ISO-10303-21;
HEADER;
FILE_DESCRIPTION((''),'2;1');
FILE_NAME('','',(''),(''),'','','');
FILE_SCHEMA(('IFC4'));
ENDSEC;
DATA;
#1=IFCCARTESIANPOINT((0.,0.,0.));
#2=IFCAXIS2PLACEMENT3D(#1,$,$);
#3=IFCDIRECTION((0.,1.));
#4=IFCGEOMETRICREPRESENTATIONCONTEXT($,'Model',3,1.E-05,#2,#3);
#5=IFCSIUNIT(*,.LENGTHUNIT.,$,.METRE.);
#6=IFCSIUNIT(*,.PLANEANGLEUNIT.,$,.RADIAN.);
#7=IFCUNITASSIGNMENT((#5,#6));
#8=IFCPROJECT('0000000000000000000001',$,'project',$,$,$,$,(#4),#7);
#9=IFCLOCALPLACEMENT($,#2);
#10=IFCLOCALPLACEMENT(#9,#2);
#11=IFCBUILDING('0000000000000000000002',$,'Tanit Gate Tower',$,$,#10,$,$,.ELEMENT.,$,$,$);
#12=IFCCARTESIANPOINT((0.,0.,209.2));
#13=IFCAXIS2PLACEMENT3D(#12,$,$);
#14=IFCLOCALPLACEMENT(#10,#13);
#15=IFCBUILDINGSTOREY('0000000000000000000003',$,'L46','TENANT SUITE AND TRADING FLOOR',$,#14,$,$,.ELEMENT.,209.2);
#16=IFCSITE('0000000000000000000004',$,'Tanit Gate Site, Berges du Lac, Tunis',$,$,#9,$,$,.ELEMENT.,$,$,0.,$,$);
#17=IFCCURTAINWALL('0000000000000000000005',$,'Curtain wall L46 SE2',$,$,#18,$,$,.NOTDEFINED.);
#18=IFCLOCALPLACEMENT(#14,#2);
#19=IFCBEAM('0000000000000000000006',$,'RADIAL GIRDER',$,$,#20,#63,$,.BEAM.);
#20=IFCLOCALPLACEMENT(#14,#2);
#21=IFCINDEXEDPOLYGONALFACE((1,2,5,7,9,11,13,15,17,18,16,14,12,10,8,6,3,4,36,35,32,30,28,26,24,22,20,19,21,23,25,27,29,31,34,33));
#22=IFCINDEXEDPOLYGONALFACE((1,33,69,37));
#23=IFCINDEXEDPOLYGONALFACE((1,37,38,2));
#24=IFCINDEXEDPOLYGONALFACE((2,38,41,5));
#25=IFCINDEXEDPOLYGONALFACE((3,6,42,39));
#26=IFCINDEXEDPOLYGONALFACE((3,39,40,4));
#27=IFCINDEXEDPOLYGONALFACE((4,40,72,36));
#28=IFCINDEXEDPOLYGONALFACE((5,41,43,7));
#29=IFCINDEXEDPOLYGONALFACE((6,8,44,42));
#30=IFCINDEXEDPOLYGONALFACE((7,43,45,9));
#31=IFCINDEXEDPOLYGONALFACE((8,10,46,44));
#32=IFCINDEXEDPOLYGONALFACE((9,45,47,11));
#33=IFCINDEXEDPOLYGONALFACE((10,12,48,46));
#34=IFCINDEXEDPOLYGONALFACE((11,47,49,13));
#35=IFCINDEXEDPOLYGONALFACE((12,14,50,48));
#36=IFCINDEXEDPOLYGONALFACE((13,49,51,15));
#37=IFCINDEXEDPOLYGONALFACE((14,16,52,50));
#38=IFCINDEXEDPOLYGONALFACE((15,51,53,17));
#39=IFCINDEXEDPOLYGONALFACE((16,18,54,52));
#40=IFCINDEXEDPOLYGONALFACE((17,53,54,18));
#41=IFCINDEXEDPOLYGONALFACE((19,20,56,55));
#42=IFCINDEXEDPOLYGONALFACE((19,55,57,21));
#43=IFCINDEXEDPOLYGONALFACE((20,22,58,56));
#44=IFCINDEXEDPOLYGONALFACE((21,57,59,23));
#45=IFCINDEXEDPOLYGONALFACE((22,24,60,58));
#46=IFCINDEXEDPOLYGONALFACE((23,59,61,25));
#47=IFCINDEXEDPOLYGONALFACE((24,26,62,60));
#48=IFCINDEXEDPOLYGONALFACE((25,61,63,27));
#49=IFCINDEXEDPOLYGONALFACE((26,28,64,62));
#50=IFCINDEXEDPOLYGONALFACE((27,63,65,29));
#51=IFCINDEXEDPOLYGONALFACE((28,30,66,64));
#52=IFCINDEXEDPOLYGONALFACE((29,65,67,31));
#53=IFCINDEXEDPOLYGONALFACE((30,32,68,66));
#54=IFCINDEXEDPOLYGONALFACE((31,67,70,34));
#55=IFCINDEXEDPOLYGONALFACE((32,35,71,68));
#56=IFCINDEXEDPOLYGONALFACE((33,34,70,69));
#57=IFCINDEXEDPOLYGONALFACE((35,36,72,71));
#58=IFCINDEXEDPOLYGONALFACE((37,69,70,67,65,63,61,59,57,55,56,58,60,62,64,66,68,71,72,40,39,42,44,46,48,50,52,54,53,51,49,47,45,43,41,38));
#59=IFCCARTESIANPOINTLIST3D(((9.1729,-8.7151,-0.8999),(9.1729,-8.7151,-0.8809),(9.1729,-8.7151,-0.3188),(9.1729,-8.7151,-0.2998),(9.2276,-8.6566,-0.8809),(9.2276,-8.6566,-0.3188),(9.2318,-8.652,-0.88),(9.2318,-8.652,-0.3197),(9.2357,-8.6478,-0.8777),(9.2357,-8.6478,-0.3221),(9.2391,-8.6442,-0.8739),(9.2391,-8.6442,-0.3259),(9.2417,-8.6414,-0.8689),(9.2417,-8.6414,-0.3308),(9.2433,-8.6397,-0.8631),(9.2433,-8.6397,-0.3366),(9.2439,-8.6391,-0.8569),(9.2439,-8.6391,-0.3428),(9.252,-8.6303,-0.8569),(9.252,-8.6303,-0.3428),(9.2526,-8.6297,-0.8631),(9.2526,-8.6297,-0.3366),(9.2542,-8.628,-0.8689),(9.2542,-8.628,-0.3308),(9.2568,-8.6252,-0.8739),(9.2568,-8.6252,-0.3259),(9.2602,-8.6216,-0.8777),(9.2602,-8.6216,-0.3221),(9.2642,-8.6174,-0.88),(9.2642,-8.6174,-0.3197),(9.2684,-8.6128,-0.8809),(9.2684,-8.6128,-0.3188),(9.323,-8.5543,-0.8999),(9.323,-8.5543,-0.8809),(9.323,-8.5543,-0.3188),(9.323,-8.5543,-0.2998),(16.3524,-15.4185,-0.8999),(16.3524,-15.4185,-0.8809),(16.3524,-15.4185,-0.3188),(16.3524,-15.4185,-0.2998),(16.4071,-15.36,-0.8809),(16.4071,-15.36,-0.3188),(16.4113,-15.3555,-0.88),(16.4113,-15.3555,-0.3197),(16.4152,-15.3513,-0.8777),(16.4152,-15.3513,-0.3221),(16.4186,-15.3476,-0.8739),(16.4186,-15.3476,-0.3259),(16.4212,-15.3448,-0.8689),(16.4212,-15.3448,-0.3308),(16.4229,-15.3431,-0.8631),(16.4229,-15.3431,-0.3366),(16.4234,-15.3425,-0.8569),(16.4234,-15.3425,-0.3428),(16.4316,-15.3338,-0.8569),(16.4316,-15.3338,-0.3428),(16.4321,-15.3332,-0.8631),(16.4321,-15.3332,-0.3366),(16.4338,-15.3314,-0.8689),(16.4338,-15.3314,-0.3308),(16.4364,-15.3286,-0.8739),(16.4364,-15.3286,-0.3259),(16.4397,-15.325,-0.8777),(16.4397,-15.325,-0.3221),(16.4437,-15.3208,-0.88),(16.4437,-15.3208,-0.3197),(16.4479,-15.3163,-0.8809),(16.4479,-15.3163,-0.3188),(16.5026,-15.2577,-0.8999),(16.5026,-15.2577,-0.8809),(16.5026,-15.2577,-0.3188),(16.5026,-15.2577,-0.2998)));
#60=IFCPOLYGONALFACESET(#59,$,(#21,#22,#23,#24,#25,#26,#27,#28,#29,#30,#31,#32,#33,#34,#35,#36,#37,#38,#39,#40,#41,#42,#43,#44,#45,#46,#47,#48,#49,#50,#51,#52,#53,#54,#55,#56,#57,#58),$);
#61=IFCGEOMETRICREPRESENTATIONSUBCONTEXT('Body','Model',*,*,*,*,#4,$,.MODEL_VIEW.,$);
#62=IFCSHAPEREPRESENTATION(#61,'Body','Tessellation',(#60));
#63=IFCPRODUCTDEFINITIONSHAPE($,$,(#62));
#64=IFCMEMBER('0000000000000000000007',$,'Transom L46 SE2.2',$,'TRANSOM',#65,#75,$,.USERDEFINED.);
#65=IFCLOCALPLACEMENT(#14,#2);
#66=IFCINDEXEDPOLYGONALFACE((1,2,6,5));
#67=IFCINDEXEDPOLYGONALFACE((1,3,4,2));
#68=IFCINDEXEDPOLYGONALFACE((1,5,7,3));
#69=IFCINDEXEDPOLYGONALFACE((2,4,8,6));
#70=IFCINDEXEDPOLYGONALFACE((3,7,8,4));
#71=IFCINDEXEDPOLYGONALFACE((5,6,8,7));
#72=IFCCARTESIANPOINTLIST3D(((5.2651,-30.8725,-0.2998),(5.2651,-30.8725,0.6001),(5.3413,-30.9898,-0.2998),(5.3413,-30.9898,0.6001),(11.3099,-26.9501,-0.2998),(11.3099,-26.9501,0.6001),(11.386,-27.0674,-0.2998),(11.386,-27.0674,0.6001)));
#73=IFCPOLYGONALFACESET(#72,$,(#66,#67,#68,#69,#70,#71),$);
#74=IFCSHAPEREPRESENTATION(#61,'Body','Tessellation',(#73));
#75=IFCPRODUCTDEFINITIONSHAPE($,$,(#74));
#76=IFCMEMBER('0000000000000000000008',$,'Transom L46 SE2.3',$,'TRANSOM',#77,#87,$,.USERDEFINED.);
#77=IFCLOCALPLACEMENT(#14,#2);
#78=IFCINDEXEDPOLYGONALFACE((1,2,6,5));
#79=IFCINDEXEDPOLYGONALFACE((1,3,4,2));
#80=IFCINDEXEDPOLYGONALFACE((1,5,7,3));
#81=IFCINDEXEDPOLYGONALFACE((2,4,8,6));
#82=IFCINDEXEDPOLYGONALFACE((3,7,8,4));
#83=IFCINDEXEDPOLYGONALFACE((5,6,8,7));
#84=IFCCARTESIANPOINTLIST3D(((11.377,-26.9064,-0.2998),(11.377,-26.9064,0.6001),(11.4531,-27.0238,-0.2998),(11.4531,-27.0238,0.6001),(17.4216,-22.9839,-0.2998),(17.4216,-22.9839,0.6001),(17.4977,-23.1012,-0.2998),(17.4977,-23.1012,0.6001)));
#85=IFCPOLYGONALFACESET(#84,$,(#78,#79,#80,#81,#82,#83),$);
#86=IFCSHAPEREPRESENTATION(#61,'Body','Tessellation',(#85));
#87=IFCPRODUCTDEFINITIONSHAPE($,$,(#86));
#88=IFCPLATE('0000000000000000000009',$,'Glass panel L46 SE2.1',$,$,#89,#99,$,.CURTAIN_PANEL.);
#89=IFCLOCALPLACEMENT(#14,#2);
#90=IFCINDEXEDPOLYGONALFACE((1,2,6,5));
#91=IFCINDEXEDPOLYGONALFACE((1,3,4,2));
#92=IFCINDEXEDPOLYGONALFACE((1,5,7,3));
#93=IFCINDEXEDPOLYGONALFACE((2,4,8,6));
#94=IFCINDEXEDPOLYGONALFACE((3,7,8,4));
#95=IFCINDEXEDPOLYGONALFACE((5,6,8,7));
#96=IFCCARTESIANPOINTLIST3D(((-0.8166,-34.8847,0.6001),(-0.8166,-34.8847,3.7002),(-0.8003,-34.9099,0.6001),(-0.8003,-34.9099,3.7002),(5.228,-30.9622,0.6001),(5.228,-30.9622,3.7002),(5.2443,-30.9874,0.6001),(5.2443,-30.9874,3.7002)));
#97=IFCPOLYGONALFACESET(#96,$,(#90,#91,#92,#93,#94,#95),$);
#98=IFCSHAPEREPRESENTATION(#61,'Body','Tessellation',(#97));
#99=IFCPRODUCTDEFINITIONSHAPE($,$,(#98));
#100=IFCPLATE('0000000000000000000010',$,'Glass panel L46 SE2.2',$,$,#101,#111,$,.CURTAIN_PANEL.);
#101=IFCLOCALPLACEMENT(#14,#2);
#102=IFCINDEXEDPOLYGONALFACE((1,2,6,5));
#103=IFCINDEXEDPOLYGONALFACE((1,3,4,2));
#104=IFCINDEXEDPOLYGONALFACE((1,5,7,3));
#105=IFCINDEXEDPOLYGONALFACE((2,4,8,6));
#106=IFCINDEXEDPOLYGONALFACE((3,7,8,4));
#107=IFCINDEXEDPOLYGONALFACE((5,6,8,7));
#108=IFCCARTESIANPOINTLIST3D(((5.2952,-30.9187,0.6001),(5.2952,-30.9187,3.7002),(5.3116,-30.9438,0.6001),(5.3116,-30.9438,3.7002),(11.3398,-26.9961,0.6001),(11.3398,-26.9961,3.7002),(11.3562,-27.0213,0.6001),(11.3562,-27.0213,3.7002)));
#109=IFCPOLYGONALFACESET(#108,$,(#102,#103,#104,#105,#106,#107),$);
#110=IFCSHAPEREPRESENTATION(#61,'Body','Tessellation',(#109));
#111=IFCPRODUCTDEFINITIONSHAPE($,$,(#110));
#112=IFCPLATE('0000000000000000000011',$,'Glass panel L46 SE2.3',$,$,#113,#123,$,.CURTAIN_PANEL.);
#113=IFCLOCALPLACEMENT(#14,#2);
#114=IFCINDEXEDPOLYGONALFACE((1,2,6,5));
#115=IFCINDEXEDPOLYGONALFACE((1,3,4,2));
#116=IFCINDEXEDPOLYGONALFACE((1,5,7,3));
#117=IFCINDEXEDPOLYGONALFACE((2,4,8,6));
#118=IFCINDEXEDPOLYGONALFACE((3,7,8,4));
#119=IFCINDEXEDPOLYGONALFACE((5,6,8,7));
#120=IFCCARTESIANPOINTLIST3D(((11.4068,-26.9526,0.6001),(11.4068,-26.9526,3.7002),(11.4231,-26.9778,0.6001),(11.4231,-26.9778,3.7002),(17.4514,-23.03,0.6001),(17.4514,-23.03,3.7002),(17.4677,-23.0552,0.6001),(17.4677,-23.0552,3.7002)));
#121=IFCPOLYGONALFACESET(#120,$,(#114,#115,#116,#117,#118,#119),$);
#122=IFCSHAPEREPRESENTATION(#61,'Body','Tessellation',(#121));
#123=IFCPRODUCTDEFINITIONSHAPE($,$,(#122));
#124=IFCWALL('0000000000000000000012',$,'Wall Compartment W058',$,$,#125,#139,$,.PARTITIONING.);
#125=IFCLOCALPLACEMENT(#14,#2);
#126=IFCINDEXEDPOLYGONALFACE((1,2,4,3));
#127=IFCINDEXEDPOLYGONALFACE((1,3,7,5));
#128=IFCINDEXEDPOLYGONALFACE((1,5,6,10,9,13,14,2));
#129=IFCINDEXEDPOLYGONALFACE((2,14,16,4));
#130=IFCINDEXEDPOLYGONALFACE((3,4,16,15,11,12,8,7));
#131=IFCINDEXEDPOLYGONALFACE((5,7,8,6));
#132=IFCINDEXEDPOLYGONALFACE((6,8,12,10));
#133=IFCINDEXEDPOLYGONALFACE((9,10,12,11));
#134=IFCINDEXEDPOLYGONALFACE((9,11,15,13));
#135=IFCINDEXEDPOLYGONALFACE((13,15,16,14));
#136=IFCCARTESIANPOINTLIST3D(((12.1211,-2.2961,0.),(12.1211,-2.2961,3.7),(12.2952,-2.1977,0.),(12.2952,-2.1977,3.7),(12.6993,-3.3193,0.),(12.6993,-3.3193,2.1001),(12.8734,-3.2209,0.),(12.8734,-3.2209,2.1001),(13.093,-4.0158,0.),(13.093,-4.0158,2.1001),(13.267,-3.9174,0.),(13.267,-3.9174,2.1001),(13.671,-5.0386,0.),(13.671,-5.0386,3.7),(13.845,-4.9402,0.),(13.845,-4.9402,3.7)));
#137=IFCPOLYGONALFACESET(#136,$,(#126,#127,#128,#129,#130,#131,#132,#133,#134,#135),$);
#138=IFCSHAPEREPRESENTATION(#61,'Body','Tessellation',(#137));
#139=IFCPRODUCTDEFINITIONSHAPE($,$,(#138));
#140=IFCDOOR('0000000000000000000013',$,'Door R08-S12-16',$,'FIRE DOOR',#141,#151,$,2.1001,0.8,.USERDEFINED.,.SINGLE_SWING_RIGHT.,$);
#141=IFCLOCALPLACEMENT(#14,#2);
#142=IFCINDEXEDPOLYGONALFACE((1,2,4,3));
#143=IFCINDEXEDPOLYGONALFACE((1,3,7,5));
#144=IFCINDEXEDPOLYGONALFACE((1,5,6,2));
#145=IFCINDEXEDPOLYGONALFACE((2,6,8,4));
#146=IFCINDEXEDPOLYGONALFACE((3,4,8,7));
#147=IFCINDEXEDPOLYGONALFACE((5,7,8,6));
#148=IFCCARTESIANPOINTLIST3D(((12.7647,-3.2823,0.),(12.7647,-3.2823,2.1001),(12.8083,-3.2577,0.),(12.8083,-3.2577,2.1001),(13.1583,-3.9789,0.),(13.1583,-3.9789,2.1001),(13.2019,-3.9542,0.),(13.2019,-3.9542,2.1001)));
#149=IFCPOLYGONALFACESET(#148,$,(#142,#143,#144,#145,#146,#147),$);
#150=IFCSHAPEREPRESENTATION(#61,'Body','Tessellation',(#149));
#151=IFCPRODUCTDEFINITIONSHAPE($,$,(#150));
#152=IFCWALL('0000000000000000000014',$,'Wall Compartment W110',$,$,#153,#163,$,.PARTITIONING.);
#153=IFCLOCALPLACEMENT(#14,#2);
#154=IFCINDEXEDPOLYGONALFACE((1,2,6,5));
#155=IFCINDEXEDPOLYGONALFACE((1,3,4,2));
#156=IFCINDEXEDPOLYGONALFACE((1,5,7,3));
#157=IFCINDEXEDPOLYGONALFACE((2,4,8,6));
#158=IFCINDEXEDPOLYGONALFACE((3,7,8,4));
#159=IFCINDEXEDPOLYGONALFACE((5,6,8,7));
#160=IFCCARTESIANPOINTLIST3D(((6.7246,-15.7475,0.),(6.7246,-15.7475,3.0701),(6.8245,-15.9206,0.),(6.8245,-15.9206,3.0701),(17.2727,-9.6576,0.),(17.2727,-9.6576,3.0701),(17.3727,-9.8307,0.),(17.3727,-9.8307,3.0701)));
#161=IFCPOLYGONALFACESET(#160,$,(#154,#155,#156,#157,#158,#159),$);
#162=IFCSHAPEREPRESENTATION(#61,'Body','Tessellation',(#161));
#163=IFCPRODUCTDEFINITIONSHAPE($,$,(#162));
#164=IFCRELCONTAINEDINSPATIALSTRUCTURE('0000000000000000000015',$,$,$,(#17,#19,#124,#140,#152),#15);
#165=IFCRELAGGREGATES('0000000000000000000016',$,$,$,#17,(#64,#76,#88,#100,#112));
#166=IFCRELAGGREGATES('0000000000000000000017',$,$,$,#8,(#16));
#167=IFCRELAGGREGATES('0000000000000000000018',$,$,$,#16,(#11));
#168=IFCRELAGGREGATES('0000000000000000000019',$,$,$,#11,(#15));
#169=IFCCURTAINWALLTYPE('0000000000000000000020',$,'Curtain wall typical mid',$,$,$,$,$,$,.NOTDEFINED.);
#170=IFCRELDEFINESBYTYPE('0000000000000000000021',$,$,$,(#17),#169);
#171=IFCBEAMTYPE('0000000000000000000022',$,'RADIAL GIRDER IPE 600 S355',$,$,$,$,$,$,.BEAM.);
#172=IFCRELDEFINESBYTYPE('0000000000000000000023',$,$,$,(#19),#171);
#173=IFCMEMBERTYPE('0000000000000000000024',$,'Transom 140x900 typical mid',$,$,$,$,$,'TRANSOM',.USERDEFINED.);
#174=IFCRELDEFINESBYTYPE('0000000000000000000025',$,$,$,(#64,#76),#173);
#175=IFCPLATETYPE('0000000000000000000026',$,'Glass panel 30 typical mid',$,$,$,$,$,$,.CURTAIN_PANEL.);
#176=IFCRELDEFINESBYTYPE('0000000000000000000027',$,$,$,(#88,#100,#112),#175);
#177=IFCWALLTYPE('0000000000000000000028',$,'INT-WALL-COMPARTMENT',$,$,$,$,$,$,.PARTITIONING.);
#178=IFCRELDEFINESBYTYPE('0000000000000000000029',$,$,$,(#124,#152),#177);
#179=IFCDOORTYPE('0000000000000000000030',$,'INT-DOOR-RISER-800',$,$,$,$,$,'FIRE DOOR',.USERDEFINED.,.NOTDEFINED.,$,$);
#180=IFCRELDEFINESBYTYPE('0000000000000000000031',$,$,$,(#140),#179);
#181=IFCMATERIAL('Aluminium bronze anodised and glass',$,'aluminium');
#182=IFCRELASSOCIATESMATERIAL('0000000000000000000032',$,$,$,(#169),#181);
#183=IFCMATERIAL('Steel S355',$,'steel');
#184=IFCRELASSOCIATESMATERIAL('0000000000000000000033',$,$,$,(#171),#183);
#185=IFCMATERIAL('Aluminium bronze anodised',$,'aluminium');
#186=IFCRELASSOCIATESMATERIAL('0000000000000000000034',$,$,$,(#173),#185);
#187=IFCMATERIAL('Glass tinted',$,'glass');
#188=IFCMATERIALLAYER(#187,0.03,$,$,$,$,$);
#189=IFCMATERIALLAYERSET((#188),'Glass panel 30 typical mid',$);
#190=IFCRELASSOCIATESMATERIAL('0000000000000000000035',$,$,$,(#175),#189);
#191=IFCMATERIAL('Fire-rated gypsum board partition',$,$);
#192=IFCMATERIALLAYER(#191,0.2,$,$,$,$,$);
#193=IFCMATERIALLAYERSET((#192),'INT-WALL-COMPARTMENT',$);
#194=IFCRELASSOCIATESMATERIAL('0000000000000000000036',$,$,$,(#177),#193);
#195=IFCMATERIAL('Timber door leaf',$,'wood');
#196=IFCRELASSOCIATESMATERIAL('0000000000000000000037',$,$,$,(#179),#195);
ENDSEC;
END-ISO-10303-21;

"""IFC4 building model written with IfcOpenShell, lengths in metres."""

from ifc_helpers import new_model, si_unit, direction, frame, frame_2d, origin, origin_2d, place, context, subcontext, project, spatial, rectangle, i_section, extrude, material, layer, layer_set, material_profile, profile_set, type_object, element, fill, aggregate, save


model = new_model("IFC4")

# Units and contexts
model_context = context("Model", 3, precision=1e-05, world=origin(), true_north=direction((0.0, 1.0)))
body_context = subcontext(model_context, "Body", "Model", "MODEL_VIEW")
ifc_project = project(units=[si_unit("LENGTHUNIT", "METRE"), si_unit("PLANEANGLEUNIT", "RADIAN")], contexts=[model_context])

# Site, building, storey
site_placement = place(None, origin())
site = spatial("IfcSite", under=ifc_project, at=site_placement, Name="Tanit Gate Site, Berges du Lac, Tunis", CompositionType="ELEMENT", RefElevation=0.0)
building_placement = place(site_placement, origin())
building = spatial("IfcBuilding", under=site, at=building_placement, Name="Tanit Gate Tower", CompositionType="ELEMENT")
storey_placement = place(building_placement, frame((0.0, 0.0, 209.2)))
storey = spatial("IfcBuildingStorey", under=building, at=storey_placement, Name="L46", Description="TENANT SUITE AND TRADING FLOOR", CompositionType="ELEMENT", Elevation=209.2)

# Curtain wall
ifc_material_1 = material(Name="Aluminium bronze anodised and glass", Category="aluminium")
curtain_wall_type = type_object("IfcCurtainWallType", Name="Curtain wall typical mid", PredefinedType="NOTDEFINED", material=ifc_material_1)
curtain_wall_placement = place(storey_placement, origin())
curtain_wall = element("IfcCurtainWall", 1, at=curtain_wall_placement, inside=storey, type_object=curtain_wall_type, Name="Curtain wall L46 SE2", PredefinedType="NOTDEFINED")

# Beam
ifc_material_2 = material(Name="Steel S355", Category="steel")
ifc_material_profile_1 = material_profile(ifc_material_2, i_section(OverallWidth=0.22, OverallDepth=0.6001, WebThickness=0.012, FlangeThickness=0.019, FilletRadius=0.0239, at=origin_2d()), Name="IPE 600")
ifc_profile_set_1 = profile_set([ifc_material_profile_1], Name="Steel S355")
beam_type = type_object("IfcBeamType", Name="RADIAL GIRDER IPE 600 S355", PredefinedType="BEAM", material=ifc_profile_set_1)
beam_1_placement = place(storey_placement, frame((16.4275, -15.3381, -0.5999), z_axis=(-0.730925, 0.682457, 0.0), x_axis=(-0.682457, -0.730925, 0.0)))
element("IfcBeam", 2, at=beam_1_placement, inside=storey, type_object=beam_type, Name="RADIAL GIRDER", PredefinedType="BEAM", context=body_context, shape_type="SweptSolid", body=[
    extrude(i_section(OverallWidth=0.22, OverallDepth=0.6001, WebThickness=0.012, FlangeThickness=0.019, FilletRadius=0.0239, at=origin_2d()), origin(), (0.0, 0.0, 1.0), 9.8225),
])

# Members
ifc_material_3 = material(Name="Aluminium bronze anodised", Category="aluminium")
ifc_material_profile_2 = material_profile(ifc_material_3, rectangle(XDim=0.1399, YDim=0.8999, at=origin_2d()), Name="140x900 bronze transom")
ifc_profile_set_2 = profile_set([ifc_material_profile_2], Name="Aluminium bronze anodised")
member_type_1 = type_object("IfcMemberType", Name="Transom 140x900 typical mid", ElementType="TRANSOM", PredefinedType="USERDEFINED", material=ifc_profile_set_2)
member_1_placement = place(storey_placement, frame((5.3032, -30.9312, 0.1501), z_axis=(0.838867, 0.544337, 0.0), x_axis=(-0.544337, 0.838867, 0.0)))
member_1 = element("IfcMember", 3, at=member_1_placement, type_object=member_type_1, Name="Transom L46 SE2.2", ObjectType="TRANSOM", PredefinedType="USERDEFINED", context=body_context, shape_type="SweptSolid", body=[
    extrude(rectangle(XDim=0.1399, YDim=0.8999, at=origin_2d()), origin(), (0.0, 0.0, 1.0), 7.2058),
])
member_2_placement = place(storey_placement, frame((11.415, -26.9651, 0.1501), z_axis=(0.838851, 0.544361, 0.0), x_axis=(-0.544361, 0.838851, 0.0)))
member_2 = element("IfcMember", 4, at=member_2_placement, type_object=member_type_1, Name="Transom L46 SE2.3", ObjectType="TRANSOM", PredefinedType="USERDEFINED", context=body_context, shape_type="SweptSolid", body=[
    extrude(rectangle(XDim=0.1399, YDim=0.8999, at=origin_2d()), origin(), (0.0, 0.0, 1.0), 7.2058),
])

# Plates
ifc_material_4 = material(Name="Glass tinted", Category="glass")
ifc_layer_1 = layer(ifc_material_4, 0.03)
ifc_layer_set_1 = layer_set([ifc_layer_1], Name="Glass panel 30 typical mid")
plate_type = type_object("IfcPlateType", Name="Glass panel 30 typical mid", PredefinedType="CURTAIN_PANEL", material=ifc_layer_set_1)
plate_1_placement = place(storey_placement, frame((2.2139, -32.936, 0.6001), z_axis=(0.0, 0.0, 1.0), x_axis=(0.838852, 0.544359, 0.0)))
plate_1 = element("IfcPlate", 5, at=plate_1_placement, type_object=plate_type, Name="Glass panel L46 SE2.1", PredefinedType="CURTAIN_PANEL", context=body_context, shape_type="SweptSolid", body=[
    extrude(rectangle(XDim=7.2058, YDim=0.03, at=origin_2d()), origin(), (0.0, 0.0, 1.0), 3.1001),
])
plate_2_placement = place(storey_placement, frame((8.3257, -28.97, 0.6001), z_axis=(0.0, 0.0, 1.0), x_axis=(0.838852, 0.544359, 0.0)))
plate_2 = element("IfcPlate", 6, at=plate_2_placement, type_object=plate_type, Name="Glass panel L46 SE2.2", PredefinedType="CURTAIN_PANEL", context=body_context, shape_type="SweptSolid", body=[
    extrude(rectangle(XDim=7.2058, YDim=0.03, at=origin_2d()), origin(), (0.0, 0.0, 1.0), 3.1001),
])
plate_3_placement = place(storey_placement, frame((14.4373, -25.0039, 0.6001), z_axis=(0.0, 0.0, 1.0), x_axis=(0.838852, 0.544359, 0.0)))
plate_3 = element("IfcPlate", 7, at=plate_3_placement, type_object=plate_type, Name="Glass panel L46 SE2.3", PredefinedType="CURTAIN_PANEL", context=body_context, shape_type="SweptSolid", body=[
    extrude(rectangle(XDim=7.2058, YDim=0.03, at=origin_2d()), origin(), (0.0, 0.0, 1.0), 3.1001),
])
aggregate(curtain_wall, [member_1, member_2, plate_1, plate_2, plate_3])

# Wall, opening, door
ifc_material_5 = material(Name="Fire-rated gypsum board partition")
ifc_layer_2 = layer(ifc_material_5, 0.2)
ifc_layer_set_2 = layer_set([ifc_layer_2], Name="INT-WALL-COMPARTMENT")
wall_type_1 = type_object("IfcWallType", Name="INT-WALL-COMPARTMENT", PredefinedType="PARTITIONING", material=ifc_layer_set_2)
wall_1_placement = place(storey_placement, frame((13.7581, -4.9895, 0.0), z_axis=(0.0, 0.0, 1.0), x_axis=(-0.491993, 0.870599, 0.0)))
wall_1 = element("IfcWall", 8, at=wall_1_placement, inside=storey, type_object=wall_type_1, Name="Wall Compartment W058", PredefinedType="PARTITIONING", context=body_context, shape_type="SweptSolid", body=[
    extrude(rectangle(XDim=3.1501, YDim=0.2, at=frame_2d((1.5752, 0.0))), origin(), (0.0, 0.0, 1.0), 3.7),
])
opening_1_placement = place(wall_1_placement, frame((1.175, 0.0, 0.0)))
opening_1 = element("IfcOpeningElement", 9, at=opening_1_placement, cuts=wall_1, PredefinedType="OPENING", context=body_context, shape_type="SweptSolid", body=[
    extrude(rectangle(XDim=0.8, YDim=2.1001, at=frame_2d((0.3999, 1.05))), frame((0.0, 0.1099, 0.0), z_axis=(0.0, -1.0, 0.0), x_axis=(1.0, 0.0, 0.0)), (0.0, 0.0, 1.0), 0.22),
])
ifc_material_6 = material(Name="Timber door leaf", Category="wood")
door_type_1 = type_object("IfcDoorType", Name="INT-DOOR-RISER-800", ElementType="FIRE DOOR", OperationType="NOTDEFINED", PredefinedType="USERDEFINED", material=ifc_material_6)
door_1_placement = place(opening_1_placement, origin())
door_1 = element("IfcDoor", 10, at=door_1_placement, inside=storey, type_object=door_type_1, Name="Door R08-S12-16", ObjectType="FIRE DOOR", OperationType="SINGLE_SWING_RIGHT", OverallHeight=2.1001, OverallWidth=0.8, PredefinedType="USERDEFINED", context=body_context, shape_type="SweptSolid", body=[
    extrude(rectangle(XDim=0.8, YDim=2.1001, at=frame_2d((0.3999, 1.05))), frame((0.0, 0.0249, 0.0), z_axis=(0.0, -1.0, 0.0), x_axis=(1.0, 0.0, 0.0)), (0.0, 0.0, 1.0), 0.05),
])
fill(opening_1, door_1)

# Wall
wall_2_placement = place(storey_placement, frame((6.7747, -15.834, 0.0), z_axis=(0.0, 0.0, 1.0), x_axis=(0.866029, 0.499994, 0.0)))
element("IfcWall", 11, at=wall_2_placement, inside=storey, type_object=wall_type_1, Name="Wall Compartment W110", PredefinedType="PARTITIONING", context=body_context, shape_type="SweptSolid", body=[
    extrude(rectangle(XDim=12.1799, YDim=0.2, at=frame_2d((6.0898, 0.0))), origin(), (0.0, 0.0, 1.0), 3.0701),
])

save(model, "model.ifc")
